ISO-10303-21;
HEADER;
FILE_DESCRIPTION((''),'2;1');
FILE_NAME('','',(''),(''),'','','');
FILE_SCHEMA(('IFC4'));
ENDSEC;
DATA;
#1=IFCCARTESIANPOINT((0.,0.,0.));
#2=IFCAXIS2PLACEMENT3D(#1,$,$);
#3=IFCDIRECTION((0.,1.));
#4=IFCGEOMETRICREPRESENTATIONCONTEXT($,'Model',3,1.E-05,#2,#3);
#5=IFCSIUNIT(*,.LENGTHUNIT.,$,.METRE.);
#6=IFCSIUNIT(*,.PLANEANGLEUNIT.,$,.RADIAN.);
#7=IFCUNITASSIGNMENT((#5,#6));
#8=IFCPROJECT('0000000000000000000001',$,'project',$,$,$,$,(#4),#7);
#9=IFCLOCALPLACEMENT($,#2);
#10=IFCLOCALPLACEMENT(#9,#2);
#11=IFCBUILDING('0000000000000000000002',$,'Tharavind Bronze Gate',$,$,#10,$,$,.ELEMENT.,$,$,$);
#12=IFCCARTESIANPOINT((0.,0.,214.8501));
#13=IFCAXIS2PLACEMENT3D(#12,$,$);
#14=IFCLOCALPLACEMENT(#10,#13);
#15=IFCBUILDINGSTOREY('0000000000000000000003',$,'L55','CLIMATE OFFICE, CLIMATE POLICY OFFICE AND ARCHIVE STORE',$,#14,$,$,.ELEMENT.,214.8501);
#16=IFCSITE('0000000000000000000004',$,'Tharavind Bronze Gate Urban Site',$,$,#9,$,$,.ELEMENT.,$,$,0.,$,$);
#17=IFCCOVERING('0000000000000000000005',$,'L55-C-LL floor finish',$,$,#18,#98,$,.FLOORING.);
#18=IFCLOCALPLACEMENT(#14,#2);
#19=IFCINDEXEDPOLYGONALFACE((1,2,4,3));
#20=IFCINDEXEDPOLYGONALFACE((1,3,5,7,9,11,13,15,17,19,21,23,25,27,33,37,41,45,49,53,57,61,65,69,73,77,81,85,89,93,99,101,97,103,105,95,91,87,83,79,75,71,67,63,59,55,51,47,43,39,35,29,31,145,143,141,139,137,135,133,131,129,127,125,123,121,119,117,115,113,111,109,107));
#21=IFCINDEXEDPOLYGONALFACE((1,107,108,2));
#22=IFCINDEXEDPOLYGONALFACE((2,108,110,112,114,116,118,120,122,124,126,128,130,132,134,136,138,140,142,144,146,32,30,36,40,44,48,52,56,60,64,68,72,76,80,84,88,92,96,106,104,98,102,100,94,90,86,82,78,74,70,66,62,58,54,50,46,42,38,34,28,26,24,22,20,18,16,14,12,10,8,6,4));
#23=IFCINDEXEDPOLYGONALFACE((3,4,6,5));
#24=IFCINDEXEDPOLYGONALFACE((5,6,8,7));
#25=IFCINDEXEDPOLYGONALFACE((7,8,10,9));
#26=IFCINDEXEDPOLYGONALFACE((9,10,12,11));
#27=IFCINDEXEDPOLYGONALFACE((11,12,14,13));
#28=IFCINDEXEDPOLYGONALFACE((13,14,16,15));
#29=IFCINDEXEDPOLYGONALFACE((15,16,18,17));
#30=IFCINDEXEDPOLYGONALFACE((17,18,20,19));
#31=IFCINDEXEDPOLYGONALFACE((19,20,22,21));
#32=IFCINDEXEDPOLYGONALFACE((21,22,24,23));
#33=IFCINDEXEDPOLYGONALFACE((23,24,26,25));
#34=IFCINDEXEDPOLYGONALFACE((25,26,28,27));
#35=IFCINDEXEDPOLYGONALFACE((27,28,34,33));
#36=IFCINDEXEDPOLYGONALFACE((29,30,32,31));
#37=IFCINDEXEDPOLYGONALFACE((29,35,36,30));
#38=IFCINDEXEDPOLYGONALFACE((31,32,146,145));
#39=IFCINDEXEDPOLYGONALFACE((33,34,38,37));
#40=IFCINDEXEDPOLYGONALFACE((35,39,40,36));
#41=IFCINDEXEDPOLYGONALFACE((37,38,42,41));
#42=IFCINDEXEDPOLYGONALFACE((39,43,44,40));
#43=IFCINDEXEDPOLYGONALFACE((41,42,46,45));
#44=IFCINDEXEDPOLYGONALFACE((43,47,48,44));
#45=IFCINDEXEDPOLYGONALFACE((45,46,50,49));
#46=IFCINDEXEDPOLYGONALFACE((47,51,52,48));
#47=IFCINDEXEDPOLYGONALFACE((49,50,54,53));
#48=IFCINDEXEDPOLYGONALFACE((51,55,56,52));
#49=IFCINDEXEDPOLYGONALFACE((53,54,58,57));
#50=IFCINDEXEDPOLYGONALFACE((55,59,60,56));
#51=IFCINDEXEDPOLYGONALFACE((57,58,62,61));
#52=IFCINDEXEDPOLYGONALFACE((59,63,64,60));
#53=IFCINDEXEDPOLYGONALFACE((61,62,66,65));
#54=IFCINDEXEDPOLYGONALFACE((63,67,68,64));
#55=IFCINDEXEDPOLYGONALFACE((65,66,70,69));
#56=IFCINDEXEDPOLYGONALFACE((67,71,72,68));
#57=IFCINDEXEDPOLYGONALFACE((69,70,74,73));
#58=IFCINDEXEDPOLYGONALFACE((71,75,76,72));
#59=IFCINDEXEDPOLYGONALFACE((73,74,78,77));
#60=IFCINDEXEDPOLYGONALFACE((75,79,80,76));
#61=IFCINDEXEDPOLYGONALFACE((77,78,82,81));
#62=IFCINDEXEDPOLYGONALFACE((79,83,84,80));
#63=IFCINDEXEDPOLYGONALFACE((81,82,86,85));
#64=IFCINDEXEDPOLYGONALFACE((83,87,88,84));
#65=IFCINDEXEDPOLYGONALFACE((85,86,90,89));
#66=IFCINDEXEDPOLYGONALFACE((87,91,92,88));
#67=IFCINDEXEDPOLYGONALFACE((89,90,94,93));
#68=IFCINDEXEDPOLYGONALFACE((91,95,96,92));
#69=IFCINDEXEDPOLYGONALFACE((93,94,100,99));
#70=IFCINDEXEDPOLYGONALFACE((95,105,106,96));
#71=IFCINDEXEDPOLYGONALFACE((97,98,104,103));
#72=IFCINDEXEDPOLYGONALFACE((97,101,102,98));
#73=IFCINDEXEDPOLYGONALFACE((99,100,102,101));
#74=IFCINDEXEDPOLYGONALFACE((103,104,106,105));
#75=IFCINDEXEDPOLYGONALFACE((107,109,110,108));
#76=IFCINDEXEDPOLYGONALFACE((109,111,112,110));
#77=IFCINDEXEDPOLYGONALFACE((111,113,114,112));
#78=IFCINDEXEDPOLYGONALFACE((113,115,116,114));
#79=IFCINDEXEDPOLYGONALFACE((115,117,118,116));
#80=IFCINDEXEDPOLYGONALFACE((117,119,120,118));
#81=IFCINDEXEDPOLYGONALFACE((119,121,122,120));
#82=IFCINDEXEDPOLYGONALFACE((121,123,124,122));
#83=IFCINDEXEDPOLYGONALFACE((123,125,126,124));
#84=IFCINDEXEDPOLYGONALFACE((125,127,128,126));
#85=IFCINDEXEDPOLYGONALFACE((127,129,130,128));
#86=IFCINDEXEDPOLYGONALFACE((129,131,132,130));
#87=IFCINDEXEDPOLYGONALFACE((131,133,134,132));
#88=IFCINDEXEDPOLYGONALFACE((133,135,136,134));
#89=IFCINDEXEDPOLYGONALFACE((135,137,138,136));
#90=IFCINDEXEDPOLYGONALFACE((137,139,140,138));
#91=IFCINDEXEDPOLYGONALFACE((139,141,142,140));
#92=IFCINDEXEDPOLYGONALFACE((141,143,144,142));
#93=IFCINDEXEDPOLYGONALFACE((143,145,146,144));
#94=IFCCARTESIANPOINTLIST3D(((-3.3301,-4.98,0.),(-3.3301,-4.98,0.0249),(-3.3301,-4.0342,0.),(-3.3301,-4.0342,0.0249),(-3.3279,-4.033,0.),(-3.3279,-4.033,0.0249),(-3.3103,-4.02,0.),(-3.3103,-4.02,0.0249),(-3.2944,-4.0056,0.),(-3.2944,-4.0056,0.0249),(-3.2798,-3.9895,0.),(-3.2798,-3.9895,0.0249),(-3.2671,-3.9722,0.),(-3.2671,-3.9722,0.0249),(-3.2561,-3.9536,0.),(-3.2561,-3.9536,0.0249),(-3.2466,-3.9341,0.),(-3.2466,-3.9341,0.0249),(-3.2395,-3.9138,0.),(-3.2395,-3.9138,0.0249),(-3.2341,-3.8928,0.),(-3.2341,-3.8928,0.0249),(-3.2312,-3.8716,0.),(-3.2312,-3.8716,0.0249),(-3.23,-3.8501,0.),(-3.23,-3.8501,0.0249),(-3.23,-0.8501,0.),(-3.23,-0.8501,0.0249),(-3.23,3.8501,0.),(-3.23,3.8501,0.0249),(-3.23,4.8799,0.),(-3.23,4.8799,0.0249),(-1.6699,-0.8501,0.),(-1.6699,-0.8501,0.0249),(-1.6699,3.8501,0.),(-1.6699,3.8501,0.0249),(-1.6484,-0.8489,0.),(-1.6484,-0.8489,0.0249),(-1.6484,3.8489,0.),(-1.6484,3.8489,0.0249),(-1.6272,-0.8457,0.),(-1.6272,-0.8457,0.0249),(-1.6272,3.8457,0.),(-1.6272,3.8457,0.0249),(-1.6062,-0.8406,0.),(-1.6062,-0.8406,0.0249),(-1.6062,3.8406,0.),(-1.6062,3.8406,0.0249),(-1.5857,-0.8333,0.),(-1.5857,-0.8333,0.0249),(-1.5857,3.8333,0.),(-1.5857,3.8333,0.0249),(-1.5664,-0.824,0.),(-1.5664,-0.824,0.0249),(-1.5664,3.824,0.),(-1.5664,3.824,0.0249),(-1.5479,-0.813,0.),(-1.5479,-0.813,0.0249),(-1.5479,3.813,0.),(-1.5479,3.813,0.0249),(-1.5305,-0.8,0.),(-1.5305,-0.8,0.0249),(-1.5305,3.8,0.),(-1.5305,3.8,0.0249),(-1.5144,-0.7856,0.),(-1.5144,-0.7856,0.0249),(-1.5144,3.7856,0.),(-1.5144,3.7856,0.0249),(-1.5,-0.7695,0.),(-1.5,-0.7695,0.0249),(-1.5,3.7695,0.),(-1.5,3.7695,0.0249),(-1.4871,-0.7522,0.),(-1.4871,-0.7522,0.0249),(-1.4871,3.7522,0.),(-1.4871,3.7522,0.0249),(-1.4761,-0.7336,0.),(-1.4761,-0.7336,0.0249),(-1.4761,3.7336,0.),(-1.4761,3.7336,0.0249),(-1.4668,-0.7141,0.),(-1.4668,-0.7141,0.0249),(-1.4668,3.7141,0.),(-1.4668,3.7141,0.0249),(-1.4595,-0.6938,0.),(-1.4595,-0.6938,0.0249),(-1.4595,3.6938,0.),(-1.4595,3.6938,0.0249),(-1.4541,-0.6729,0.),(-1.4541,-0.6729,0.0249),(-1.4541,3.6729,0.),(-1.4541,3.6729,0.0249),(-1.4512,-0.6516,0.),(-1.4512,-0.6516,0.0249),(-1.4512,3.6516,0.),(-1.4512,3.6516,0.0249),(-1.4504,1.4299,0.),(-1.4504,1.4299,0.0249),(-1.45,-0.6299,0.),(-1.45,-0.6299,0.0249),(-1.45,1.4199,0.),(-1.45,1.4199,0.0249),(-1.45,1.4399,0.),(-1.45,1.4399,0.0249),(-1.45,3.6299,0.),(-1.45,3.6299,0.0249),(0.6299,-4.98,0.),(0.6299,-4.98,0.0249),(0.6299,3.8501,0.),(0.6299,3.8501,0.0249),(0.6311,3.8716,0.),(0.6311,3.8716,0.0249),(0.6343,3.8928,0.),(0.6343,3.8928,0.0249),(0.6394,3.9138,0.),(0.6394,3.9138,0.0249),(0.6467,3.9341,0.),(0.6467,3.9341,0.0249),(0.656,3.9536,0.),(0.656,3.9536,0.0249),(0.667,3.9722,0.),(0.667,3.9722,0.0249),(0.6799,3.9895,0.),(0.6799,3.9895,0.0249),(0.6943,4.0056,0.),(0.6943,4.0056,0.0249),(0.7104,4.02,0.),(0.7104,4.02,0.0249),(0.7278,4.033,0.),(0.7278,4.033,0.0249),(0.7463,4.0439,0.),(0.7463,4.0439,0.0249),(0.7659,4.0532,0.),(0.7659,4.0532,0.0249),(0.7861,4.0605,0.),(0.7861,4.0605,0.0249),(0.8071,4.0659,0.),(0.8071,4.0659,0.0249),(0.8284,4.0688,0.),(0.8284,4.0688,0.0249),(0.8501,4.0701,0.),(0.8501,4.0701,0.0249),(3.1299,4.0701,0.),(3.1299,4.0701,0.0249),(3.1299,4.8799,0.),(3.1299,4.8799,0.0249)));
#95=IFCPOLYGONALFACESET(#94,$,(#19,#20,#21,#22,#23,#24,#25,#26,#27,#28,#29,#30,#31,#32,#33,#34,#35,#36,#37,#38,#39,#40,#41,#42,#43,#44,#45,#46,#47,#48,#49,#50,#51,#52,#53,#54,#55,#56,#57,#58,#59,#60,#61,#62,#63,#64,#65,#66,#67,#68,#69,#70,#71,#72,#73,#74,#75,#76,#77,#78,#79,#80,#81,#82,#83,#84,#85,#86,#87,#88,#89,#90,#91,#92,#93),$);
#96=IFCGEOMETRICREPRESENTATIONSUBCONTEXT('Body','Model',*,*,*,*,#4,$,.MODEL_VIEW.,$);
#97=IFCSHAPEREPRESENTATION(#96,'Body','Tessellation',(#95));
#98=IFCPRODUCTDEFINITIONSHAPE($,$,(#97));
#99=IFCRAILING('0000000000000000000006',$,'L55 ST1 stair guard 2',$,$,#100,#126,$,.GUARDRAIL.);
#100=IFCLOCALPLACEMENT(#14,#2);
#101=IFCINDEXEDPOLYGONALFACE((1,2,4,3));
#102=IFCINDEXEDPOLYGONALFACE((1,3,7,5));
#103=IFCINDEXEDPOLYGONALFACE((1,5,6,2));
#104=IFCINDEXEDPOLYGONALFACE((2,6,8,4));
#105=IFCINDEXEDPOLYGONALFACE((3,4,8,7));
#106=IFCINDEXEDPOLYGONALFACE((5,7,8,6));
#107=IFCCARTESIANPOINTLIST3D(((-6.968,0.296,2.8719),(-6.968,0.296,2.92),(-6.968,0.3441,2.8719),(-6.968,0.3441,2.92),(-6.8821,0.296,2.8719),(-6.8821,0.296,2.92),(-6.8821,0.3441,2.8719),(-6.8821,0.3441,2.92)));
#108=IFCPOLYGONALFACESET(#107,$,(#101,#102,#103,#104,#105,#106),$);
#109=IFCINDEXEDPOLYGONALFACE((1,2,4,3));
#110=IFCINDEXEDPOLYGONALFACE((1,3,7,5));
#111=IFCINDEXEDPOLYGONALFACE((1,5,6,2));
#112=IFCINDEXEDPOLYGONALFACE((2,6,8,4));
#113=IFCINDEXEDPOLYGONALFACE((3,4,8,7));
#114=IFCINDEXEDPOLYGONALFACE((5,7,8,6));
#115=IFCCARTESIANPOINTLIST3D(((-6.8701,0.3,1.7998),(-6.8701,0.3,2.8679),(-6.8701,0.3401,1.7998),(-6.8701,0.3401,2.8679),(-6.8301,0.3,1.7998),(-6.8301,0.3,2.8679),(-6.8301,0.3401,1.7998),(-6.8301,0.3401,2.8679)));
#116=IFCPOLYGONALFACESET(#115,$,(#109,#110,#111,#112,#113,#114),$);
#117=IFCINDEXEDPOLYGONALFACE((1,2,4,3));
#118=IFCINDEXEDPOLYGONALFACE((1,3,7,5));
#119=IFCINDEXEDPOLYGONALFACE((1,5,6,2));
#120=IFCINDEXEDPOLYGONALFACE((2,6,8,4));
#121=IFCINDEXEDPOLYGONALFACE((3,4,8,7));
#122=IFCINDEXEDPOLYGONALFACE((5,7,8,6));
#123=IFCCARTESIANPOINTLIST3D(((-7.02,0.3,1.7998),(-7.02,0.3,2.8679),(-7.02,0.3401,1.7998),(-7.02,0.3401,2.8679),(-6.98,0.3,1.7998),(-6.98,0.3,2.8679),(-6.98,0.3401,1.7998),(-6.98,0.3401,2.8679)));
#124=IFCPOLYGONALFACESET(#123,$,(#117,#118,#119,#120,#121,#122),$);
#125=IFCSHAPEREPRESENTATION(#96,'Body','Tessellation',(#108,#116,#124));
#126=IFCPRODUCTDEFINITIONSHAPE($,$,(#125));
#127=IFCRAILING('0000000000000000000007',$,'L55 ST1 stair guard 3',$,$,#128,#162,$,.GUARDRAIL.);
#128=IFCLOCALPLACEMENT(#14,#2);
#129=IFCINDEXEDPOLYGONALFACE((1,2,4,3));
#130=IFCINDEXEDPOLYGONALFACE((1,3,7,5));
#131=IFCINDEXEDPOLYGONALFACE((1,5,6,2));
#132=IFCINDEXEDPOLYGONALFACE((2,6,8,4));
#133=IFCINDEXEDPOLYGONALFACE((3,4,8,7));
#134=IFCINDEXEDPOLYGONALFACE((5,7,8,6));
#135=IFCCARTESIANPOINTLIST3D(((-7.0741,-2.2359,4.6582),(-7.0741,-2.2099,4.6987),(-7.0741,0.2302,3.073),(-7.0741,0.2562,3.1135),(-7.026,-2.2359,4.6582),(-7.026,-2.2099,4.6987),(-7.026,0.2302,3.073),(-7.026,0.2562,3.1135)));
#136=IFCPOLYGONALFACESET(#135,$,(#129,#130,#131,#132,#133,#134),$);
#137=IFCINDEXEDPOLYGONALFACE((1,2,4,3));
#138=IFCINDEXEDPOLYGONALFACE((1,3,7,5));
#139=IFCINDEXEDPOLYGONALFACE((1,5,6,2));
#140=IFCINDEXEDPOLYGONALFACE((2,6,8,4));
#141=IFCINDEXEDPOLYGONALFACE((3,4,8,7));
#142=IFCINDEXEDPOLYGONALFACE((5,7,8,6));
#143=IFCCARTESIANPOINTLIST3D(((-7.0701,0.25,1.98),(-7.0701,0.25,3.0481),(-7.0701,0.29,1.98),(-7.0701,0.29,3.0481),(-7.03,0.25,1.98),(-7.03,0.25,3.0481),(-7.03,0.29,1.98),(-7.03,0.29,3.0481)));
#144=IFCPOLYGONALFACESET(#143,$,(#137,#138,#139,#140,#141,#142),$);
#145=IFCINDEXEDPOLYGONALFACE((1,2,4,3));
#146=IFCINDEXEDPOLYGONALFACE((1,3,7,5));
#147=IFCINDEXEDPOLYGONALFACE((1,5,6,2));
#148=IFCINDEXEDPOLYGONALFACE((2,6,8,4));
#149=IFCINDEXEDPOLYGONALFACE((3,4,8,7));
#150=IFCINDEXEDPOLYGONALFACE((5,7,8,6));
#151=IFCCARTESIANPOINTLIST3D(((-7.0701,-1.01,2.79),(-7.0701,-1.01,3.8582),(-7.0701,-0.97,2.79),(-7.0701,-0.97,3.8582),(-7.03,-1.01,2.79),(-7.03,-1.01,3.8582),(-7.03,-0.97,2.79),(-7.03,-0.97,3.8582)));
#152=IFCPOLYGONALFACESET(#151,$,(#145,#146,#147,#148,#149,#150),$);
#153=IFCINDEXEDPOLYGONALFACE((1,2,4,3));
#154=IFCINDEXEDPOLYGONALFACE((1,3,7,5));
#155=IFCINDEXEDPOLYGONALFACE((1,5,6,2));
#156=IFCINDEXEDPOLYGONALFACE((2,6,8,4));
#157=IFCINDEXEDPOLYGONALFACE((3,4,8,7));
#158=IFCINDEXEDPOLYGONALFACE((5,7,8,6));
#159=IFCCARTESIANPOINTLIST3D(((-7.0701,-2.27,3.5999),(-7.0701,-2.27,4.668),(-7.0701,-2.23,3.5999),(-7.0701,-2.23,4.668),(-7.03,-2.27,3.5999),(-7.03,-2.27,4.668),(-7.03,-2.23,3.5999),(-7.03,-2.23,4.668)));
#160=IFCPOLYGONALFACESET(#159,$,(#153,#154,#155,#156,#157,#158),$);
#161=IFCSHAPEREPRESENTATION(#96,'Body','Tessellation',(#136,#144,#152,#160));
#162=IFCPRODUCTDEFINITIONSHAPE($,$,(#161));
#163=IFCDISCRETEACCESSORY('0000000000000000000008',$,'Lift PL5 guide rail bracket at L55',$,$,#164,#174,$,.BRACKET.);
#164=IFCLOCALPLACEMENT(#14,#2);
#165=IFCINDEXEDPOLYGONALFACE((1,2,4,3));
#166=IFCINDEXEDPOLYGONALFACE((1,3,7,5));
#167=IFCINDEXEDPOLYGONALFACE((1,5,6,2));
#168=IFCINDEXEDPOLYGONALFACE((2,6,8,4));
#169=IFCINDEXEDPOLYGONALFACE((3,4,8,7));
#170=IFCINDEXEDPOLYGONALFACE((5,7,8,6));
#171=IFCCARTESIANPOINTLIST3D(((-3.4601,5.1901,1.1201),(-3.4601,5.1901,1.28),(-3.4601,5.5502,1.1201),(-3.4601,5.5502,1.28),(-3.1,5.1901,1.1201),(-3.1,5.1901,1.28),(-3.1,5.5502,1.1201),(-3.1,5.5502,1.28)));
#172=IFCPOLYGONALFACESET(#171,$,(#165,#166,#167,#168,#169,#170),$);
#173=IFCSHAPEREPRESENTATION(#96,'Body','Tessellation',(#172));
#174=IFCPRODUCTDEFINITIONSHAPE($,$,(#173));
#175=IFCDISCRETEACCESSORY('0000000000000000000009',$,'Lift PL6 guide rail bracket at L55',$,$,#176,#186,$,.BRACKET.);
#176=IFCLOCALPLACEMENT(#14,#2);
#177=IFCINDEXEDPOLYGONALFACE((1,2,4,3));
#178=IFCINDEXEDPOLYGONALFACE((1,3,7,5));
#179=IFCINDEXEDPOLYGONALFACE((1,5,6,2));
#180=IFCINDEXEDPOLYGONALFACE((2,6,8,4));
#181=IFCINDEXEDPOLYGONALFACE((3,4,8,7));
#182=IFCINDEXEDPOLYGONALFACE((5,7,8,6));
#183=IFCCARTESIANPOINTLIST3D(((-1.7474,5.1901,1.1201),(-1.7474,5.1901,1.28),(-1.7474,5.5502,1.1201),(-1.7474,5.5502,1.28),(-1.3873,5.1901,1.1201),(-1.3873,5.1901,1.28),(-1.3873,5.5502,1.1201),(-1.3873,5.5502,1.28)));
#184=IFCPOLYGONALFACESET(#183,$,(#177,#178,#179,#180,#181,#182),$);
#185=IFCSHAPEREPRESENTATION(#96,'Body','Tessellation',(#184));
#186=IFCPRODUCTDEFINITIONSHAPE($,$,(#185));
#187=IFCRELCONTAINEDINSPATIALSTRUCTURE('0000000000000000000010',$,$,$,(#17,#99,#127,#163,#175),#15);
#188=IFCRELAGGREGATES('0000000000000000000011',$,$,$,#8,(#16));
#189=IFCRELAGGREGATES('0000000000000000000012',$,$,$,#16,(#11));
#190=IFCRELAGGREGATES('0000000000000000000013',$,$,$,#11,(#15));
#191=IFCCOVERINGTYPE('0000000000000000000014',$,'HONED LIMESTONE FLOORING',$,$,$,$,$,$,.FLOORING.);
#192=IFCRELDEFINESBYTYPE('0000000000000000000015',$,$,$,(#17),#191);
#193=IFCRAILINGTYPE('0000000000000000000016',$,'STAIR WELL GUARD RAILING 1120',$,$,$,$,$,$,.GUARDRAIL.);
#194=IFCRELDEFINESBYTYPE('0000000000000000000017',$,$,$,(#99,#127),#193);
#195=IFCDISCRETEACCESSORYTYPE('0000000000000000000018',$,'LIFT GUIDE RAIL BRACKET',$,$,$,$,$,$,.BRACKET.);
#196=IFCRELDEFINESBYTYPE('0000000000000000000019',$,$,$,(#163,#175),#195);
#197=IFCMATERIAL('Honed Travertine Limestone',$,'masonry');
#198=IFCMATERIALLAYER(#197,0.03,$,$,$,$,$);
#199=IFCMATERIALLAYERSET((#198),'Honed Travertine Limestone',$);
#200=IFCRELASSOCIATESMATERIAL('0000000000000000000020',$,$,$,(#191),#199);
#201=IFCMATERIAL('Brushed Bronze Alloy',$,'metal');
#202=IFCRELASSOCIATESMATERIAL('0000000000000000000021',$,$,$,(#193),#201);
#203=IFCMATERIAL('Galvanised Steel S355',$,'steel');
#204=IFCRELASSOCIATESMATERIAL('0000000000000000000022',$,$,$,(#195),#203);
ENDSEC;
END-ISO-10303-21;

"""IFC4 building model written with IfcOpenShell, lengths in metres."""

from ifc_helpers import new_model, si_unit, direction, frame, origin, origin_2d, place, context, subcontext, project, spatial, polyline, rectangle, outline, extrude, material, layer, layer_set, type_object, element, save


model = new_model("IFC4")

# Units and contexts
model_context = context("Model", 3, precision=1e-05, world=origin(), true_north=direction((0.0, 1.0)))
body_context = subcontext(model_context, "Body", "Model", "MODEL_VIEW")
ifc_project = project(units=[si_unit("LENGTHUNIT", "METRE"), si_unit("PLANEANGLEUNIT", "RADIAN")], contexts=[model_context])

# Site, building, storey
site_placement = place(None, origin())
site = spatial("IfcSite", under=ifc_project, at=site_placement, Name="Tharavind Bronze Gate Urban Site", CompositionType="ELEMENT", RefElevation=0.0)
building_placement = place(site_placement, origin())
building = spatial("IfcBuilding", under=site, at=building_placement, Name="Tharavind Bronze Gate", CompositionType="ELEMENT")
storey_placement = place(building_placement, frame((0.0, 0.0, 214.8501)))
storey = spatial("IfcBuildingStorey", under=building, at=storey_placement, Name="L55", Description="CLIMATE OFFICE, CLIMATE POLICY OFFICE AND ARCHIVE STORE", CompositionType="ELEMENT", Elevation=214.8501)

# Covering
ifc_material_1 = material(Name="Honed Travertine Limestone", Category="masonry")
ifc_layer_1 = layer(ifc_material_1, 0.03)
ifc_layer_set_1 = layer_set([ifc_layer_1], Name="Honed Travertine Limestone")
covering_type_1 = type_object("IfcCoveringType", Name="HONED LIMESTONE FLOORING", PredefinedType="FLOORING", material=ifc_layer_set_1)
covering_1_placement = place(storey_placement, origin())
element("IfcCovering", 1, at=covering_1_placement, inside=storey, type_object=covering_type_1, Name="L55-C-LL floor finish", PredefinedType="FLOORING", context=body_context, shape_type="SweptSolid", body=[
    extrude(outline(polyline([(-3.3301, -4.98), (0.6299, -4.98), (0.6299, 3.8501), (0.6311, 3.8716), (0.6343, 3.8928), (0.6394, 3.9138), (0.6467, 3.9341), (0.656, 3.9536), (0.667, 3.9722), (0.6799, 3.9895), (0.6943, 4.0056), (0.7104, 4.02), (0.7278, 4.033), (0.7463, 4.0439), (0.7659, 4.0532), (0.7861, 4.0605), (0.8071, 4.0659), (0.8284, 4.0688), (0.8501, 4.0701), (3.1299, 4.0701), (3.1299, 4.8799), (-3.23, 4.8799), (-3.23, 3.8501), (-1.6699, 3.8501), (-1.6484, 3.8489), (-1.6272, 3.8457), (-1.6062, 3.8406), (-1.5857, 3.8333), (-1.5664, 3.824), (-1.5479, 3.813), (-1.5305, 3.8), (-1.5144, 3.7856), (-1.5, 3.7695), (-1.4871, 3.7522), (-1.4761, 3.7336), (-1.4668, 3.7141), (-1.4595, 3.6938), (-1.4541, 3.6729), (-1.4512, 3.6516), (-1.45, 3.6299), (-1.45, 1.4399), (-1.4504, 1.4299), (-1.45, 1.4199), (-1.45, -0.6299), (-1.4512, -0.6516), (-1.4541, -0.6729), (-1.4595, -0.6938), (-1.4668, -0.7141), (-1.4761, -0.7336), (-1.4871, -0.7522), (-1.5, -0.7695), (-1.5144, -0.7856), (-1.5305, -0.8), (-1.5479, -0.813), (-1.5664, -0.824), (-1.5857, -0.8333), (-1.6062, -0.8406), (-1.6272, -0.8457), (-1.6484, -0.8489), (-1.6699, -0.8501), (-3.23, -0.8501), (-3.23, -3.8501), (-3.2312, -3.8716), (-3.2341, -3.8928), (-3.2395, -3.9138), (-3.2466, -3.9341), (-3.2561, -3.9536), (-3.2671, -3.9722), (-3.2798, -3.9895), (-3.2944, -4.0056), (-3.3103, -4.02), (-3.3279, -4.033), (-3.3301, -4.0342), (-3.3301, -4.98)])), origin(), (0.0, 0.0, 1.0), 0.0249),
])

# Railings
ifc_material_2 = material(Name="Brushed Bronze Alloy", Category="metal")
railing_type = type_object("IfcRailingType", Name="STAIR WELL GUARD RAILING 1120", PredefinedType="GUARDRAIL", material=ifc_material_2)
railing_1_placement = place(storey_placement, frame((-6.8501, 0.3201, 1.7998)))
element("IfcRailing", 2, at=railing_1_placement, inside=storey, type_object=railing_type, Name="L55 ST1 stair guard 2", PredefinedType="GUARDRAIL", context=body_context, shape_type="SweptSolid", body=[
    extrude(rectangle(XDim=0.0481, YDim=0.0481, at=origin_2d()), frame((-0.032, 0.0, 1.0962), z_axis=(-1.0, 0.0, 0.0), x_axis=(0.0, -1.0, 0.0)), (0.0, 0.0, 1.0), 0.0859),
    extrude(rectangle(XDim=0.04, YDim=0.04, at=origin_2d()), origin(), (0.0, 0.0, 1.0), 1.0681),
    extrude(rectangle(XDim=0.04, YDim=0.04, at=origin_2d()), frame((-0.1499, 0.0, 0.0)), (0.0, 0.0, 1.0), 1.0681),
])
railing_2_placement = place(storey_placement, frame((-7.05, 0.27, 1.98)))
element("IfcRailing", 3, at=railing_2_placement, inside=storey, type_object=railing_type, Name="L55 ST1 stair guard 3", PredefinedType="GUARDRAIL", context=body_context, shape_type="SweptSolid", body=[
    extrude(rectangle(XDim=0.0481, YDim=0.0481, at=origin_2d()), frame((0.0, -0.0269, 1.1133), z_axis=(0.0, -0.8412, 0.540725), x_axis=(1.0, 0.0, 0.0)), (0.0, 0.0, 1.0), 2.9316),
    extrude(rectangle(XDim=0.04, YDim=0.04, at=origin_2d()), origin(), (0.0, 0.0, 1.0), 1.0681),
    extrude(rectangle(XDim=0.04, YDim=0.04, at=origin_2d()), frame((0.0, -1.26, 0.8101)), (0.0, 0.0, 1.0), 1.0681),
    extrude(rectangle(XDim=0.04, YDim=0.04, at=origin_2d()), frame((0.0, -2.52, 1.6199)), (0.0, 0.0, 1.0), 1.0681),
])

# Discrete accessories
ifc_material_3 = material(Name="Galvanised Steel S355", Category="steel")
discrete_accessory_type = type_object("IfcDiscreteAccessoryType", Name="LIFT GUIDE RAIL BRACKET", PredefinedType="BRACKET", material=ifc_material_3)
for number, where, z_axis, x_axis, name in (
    (4, (-3.28, 5.3701, 1.1201), (0.0, 0.0, 1.0), (1.0, 0.0, 0.0), "Lift PL5 guide rail bracket at L55"),
    (5, (-1.5674, 5.3701, 1.1201), (0.0, 0.0, 1.0), (1.0, 0.0, 0.0), "Lift PL6 guide rail bracket at L55"),
):
    element("IfcDiscreteAccessory", number, at=place(storey_placement, frame(where, z_axis=z_axis, x_axis=x_axis)), inside=storey, type_object=discrete_accessory_type, Name=name, PredefinedType="BRACKET", context=body_context, shape_type="SweptSolid", body=[
        extrude(rectangle(XDim=0.3601, YDim=0.3601, at=origin_2d()), origin(), (0.0, 0.0, 1.0), 0.1599),
    ])

save(model, "model.ifc")
